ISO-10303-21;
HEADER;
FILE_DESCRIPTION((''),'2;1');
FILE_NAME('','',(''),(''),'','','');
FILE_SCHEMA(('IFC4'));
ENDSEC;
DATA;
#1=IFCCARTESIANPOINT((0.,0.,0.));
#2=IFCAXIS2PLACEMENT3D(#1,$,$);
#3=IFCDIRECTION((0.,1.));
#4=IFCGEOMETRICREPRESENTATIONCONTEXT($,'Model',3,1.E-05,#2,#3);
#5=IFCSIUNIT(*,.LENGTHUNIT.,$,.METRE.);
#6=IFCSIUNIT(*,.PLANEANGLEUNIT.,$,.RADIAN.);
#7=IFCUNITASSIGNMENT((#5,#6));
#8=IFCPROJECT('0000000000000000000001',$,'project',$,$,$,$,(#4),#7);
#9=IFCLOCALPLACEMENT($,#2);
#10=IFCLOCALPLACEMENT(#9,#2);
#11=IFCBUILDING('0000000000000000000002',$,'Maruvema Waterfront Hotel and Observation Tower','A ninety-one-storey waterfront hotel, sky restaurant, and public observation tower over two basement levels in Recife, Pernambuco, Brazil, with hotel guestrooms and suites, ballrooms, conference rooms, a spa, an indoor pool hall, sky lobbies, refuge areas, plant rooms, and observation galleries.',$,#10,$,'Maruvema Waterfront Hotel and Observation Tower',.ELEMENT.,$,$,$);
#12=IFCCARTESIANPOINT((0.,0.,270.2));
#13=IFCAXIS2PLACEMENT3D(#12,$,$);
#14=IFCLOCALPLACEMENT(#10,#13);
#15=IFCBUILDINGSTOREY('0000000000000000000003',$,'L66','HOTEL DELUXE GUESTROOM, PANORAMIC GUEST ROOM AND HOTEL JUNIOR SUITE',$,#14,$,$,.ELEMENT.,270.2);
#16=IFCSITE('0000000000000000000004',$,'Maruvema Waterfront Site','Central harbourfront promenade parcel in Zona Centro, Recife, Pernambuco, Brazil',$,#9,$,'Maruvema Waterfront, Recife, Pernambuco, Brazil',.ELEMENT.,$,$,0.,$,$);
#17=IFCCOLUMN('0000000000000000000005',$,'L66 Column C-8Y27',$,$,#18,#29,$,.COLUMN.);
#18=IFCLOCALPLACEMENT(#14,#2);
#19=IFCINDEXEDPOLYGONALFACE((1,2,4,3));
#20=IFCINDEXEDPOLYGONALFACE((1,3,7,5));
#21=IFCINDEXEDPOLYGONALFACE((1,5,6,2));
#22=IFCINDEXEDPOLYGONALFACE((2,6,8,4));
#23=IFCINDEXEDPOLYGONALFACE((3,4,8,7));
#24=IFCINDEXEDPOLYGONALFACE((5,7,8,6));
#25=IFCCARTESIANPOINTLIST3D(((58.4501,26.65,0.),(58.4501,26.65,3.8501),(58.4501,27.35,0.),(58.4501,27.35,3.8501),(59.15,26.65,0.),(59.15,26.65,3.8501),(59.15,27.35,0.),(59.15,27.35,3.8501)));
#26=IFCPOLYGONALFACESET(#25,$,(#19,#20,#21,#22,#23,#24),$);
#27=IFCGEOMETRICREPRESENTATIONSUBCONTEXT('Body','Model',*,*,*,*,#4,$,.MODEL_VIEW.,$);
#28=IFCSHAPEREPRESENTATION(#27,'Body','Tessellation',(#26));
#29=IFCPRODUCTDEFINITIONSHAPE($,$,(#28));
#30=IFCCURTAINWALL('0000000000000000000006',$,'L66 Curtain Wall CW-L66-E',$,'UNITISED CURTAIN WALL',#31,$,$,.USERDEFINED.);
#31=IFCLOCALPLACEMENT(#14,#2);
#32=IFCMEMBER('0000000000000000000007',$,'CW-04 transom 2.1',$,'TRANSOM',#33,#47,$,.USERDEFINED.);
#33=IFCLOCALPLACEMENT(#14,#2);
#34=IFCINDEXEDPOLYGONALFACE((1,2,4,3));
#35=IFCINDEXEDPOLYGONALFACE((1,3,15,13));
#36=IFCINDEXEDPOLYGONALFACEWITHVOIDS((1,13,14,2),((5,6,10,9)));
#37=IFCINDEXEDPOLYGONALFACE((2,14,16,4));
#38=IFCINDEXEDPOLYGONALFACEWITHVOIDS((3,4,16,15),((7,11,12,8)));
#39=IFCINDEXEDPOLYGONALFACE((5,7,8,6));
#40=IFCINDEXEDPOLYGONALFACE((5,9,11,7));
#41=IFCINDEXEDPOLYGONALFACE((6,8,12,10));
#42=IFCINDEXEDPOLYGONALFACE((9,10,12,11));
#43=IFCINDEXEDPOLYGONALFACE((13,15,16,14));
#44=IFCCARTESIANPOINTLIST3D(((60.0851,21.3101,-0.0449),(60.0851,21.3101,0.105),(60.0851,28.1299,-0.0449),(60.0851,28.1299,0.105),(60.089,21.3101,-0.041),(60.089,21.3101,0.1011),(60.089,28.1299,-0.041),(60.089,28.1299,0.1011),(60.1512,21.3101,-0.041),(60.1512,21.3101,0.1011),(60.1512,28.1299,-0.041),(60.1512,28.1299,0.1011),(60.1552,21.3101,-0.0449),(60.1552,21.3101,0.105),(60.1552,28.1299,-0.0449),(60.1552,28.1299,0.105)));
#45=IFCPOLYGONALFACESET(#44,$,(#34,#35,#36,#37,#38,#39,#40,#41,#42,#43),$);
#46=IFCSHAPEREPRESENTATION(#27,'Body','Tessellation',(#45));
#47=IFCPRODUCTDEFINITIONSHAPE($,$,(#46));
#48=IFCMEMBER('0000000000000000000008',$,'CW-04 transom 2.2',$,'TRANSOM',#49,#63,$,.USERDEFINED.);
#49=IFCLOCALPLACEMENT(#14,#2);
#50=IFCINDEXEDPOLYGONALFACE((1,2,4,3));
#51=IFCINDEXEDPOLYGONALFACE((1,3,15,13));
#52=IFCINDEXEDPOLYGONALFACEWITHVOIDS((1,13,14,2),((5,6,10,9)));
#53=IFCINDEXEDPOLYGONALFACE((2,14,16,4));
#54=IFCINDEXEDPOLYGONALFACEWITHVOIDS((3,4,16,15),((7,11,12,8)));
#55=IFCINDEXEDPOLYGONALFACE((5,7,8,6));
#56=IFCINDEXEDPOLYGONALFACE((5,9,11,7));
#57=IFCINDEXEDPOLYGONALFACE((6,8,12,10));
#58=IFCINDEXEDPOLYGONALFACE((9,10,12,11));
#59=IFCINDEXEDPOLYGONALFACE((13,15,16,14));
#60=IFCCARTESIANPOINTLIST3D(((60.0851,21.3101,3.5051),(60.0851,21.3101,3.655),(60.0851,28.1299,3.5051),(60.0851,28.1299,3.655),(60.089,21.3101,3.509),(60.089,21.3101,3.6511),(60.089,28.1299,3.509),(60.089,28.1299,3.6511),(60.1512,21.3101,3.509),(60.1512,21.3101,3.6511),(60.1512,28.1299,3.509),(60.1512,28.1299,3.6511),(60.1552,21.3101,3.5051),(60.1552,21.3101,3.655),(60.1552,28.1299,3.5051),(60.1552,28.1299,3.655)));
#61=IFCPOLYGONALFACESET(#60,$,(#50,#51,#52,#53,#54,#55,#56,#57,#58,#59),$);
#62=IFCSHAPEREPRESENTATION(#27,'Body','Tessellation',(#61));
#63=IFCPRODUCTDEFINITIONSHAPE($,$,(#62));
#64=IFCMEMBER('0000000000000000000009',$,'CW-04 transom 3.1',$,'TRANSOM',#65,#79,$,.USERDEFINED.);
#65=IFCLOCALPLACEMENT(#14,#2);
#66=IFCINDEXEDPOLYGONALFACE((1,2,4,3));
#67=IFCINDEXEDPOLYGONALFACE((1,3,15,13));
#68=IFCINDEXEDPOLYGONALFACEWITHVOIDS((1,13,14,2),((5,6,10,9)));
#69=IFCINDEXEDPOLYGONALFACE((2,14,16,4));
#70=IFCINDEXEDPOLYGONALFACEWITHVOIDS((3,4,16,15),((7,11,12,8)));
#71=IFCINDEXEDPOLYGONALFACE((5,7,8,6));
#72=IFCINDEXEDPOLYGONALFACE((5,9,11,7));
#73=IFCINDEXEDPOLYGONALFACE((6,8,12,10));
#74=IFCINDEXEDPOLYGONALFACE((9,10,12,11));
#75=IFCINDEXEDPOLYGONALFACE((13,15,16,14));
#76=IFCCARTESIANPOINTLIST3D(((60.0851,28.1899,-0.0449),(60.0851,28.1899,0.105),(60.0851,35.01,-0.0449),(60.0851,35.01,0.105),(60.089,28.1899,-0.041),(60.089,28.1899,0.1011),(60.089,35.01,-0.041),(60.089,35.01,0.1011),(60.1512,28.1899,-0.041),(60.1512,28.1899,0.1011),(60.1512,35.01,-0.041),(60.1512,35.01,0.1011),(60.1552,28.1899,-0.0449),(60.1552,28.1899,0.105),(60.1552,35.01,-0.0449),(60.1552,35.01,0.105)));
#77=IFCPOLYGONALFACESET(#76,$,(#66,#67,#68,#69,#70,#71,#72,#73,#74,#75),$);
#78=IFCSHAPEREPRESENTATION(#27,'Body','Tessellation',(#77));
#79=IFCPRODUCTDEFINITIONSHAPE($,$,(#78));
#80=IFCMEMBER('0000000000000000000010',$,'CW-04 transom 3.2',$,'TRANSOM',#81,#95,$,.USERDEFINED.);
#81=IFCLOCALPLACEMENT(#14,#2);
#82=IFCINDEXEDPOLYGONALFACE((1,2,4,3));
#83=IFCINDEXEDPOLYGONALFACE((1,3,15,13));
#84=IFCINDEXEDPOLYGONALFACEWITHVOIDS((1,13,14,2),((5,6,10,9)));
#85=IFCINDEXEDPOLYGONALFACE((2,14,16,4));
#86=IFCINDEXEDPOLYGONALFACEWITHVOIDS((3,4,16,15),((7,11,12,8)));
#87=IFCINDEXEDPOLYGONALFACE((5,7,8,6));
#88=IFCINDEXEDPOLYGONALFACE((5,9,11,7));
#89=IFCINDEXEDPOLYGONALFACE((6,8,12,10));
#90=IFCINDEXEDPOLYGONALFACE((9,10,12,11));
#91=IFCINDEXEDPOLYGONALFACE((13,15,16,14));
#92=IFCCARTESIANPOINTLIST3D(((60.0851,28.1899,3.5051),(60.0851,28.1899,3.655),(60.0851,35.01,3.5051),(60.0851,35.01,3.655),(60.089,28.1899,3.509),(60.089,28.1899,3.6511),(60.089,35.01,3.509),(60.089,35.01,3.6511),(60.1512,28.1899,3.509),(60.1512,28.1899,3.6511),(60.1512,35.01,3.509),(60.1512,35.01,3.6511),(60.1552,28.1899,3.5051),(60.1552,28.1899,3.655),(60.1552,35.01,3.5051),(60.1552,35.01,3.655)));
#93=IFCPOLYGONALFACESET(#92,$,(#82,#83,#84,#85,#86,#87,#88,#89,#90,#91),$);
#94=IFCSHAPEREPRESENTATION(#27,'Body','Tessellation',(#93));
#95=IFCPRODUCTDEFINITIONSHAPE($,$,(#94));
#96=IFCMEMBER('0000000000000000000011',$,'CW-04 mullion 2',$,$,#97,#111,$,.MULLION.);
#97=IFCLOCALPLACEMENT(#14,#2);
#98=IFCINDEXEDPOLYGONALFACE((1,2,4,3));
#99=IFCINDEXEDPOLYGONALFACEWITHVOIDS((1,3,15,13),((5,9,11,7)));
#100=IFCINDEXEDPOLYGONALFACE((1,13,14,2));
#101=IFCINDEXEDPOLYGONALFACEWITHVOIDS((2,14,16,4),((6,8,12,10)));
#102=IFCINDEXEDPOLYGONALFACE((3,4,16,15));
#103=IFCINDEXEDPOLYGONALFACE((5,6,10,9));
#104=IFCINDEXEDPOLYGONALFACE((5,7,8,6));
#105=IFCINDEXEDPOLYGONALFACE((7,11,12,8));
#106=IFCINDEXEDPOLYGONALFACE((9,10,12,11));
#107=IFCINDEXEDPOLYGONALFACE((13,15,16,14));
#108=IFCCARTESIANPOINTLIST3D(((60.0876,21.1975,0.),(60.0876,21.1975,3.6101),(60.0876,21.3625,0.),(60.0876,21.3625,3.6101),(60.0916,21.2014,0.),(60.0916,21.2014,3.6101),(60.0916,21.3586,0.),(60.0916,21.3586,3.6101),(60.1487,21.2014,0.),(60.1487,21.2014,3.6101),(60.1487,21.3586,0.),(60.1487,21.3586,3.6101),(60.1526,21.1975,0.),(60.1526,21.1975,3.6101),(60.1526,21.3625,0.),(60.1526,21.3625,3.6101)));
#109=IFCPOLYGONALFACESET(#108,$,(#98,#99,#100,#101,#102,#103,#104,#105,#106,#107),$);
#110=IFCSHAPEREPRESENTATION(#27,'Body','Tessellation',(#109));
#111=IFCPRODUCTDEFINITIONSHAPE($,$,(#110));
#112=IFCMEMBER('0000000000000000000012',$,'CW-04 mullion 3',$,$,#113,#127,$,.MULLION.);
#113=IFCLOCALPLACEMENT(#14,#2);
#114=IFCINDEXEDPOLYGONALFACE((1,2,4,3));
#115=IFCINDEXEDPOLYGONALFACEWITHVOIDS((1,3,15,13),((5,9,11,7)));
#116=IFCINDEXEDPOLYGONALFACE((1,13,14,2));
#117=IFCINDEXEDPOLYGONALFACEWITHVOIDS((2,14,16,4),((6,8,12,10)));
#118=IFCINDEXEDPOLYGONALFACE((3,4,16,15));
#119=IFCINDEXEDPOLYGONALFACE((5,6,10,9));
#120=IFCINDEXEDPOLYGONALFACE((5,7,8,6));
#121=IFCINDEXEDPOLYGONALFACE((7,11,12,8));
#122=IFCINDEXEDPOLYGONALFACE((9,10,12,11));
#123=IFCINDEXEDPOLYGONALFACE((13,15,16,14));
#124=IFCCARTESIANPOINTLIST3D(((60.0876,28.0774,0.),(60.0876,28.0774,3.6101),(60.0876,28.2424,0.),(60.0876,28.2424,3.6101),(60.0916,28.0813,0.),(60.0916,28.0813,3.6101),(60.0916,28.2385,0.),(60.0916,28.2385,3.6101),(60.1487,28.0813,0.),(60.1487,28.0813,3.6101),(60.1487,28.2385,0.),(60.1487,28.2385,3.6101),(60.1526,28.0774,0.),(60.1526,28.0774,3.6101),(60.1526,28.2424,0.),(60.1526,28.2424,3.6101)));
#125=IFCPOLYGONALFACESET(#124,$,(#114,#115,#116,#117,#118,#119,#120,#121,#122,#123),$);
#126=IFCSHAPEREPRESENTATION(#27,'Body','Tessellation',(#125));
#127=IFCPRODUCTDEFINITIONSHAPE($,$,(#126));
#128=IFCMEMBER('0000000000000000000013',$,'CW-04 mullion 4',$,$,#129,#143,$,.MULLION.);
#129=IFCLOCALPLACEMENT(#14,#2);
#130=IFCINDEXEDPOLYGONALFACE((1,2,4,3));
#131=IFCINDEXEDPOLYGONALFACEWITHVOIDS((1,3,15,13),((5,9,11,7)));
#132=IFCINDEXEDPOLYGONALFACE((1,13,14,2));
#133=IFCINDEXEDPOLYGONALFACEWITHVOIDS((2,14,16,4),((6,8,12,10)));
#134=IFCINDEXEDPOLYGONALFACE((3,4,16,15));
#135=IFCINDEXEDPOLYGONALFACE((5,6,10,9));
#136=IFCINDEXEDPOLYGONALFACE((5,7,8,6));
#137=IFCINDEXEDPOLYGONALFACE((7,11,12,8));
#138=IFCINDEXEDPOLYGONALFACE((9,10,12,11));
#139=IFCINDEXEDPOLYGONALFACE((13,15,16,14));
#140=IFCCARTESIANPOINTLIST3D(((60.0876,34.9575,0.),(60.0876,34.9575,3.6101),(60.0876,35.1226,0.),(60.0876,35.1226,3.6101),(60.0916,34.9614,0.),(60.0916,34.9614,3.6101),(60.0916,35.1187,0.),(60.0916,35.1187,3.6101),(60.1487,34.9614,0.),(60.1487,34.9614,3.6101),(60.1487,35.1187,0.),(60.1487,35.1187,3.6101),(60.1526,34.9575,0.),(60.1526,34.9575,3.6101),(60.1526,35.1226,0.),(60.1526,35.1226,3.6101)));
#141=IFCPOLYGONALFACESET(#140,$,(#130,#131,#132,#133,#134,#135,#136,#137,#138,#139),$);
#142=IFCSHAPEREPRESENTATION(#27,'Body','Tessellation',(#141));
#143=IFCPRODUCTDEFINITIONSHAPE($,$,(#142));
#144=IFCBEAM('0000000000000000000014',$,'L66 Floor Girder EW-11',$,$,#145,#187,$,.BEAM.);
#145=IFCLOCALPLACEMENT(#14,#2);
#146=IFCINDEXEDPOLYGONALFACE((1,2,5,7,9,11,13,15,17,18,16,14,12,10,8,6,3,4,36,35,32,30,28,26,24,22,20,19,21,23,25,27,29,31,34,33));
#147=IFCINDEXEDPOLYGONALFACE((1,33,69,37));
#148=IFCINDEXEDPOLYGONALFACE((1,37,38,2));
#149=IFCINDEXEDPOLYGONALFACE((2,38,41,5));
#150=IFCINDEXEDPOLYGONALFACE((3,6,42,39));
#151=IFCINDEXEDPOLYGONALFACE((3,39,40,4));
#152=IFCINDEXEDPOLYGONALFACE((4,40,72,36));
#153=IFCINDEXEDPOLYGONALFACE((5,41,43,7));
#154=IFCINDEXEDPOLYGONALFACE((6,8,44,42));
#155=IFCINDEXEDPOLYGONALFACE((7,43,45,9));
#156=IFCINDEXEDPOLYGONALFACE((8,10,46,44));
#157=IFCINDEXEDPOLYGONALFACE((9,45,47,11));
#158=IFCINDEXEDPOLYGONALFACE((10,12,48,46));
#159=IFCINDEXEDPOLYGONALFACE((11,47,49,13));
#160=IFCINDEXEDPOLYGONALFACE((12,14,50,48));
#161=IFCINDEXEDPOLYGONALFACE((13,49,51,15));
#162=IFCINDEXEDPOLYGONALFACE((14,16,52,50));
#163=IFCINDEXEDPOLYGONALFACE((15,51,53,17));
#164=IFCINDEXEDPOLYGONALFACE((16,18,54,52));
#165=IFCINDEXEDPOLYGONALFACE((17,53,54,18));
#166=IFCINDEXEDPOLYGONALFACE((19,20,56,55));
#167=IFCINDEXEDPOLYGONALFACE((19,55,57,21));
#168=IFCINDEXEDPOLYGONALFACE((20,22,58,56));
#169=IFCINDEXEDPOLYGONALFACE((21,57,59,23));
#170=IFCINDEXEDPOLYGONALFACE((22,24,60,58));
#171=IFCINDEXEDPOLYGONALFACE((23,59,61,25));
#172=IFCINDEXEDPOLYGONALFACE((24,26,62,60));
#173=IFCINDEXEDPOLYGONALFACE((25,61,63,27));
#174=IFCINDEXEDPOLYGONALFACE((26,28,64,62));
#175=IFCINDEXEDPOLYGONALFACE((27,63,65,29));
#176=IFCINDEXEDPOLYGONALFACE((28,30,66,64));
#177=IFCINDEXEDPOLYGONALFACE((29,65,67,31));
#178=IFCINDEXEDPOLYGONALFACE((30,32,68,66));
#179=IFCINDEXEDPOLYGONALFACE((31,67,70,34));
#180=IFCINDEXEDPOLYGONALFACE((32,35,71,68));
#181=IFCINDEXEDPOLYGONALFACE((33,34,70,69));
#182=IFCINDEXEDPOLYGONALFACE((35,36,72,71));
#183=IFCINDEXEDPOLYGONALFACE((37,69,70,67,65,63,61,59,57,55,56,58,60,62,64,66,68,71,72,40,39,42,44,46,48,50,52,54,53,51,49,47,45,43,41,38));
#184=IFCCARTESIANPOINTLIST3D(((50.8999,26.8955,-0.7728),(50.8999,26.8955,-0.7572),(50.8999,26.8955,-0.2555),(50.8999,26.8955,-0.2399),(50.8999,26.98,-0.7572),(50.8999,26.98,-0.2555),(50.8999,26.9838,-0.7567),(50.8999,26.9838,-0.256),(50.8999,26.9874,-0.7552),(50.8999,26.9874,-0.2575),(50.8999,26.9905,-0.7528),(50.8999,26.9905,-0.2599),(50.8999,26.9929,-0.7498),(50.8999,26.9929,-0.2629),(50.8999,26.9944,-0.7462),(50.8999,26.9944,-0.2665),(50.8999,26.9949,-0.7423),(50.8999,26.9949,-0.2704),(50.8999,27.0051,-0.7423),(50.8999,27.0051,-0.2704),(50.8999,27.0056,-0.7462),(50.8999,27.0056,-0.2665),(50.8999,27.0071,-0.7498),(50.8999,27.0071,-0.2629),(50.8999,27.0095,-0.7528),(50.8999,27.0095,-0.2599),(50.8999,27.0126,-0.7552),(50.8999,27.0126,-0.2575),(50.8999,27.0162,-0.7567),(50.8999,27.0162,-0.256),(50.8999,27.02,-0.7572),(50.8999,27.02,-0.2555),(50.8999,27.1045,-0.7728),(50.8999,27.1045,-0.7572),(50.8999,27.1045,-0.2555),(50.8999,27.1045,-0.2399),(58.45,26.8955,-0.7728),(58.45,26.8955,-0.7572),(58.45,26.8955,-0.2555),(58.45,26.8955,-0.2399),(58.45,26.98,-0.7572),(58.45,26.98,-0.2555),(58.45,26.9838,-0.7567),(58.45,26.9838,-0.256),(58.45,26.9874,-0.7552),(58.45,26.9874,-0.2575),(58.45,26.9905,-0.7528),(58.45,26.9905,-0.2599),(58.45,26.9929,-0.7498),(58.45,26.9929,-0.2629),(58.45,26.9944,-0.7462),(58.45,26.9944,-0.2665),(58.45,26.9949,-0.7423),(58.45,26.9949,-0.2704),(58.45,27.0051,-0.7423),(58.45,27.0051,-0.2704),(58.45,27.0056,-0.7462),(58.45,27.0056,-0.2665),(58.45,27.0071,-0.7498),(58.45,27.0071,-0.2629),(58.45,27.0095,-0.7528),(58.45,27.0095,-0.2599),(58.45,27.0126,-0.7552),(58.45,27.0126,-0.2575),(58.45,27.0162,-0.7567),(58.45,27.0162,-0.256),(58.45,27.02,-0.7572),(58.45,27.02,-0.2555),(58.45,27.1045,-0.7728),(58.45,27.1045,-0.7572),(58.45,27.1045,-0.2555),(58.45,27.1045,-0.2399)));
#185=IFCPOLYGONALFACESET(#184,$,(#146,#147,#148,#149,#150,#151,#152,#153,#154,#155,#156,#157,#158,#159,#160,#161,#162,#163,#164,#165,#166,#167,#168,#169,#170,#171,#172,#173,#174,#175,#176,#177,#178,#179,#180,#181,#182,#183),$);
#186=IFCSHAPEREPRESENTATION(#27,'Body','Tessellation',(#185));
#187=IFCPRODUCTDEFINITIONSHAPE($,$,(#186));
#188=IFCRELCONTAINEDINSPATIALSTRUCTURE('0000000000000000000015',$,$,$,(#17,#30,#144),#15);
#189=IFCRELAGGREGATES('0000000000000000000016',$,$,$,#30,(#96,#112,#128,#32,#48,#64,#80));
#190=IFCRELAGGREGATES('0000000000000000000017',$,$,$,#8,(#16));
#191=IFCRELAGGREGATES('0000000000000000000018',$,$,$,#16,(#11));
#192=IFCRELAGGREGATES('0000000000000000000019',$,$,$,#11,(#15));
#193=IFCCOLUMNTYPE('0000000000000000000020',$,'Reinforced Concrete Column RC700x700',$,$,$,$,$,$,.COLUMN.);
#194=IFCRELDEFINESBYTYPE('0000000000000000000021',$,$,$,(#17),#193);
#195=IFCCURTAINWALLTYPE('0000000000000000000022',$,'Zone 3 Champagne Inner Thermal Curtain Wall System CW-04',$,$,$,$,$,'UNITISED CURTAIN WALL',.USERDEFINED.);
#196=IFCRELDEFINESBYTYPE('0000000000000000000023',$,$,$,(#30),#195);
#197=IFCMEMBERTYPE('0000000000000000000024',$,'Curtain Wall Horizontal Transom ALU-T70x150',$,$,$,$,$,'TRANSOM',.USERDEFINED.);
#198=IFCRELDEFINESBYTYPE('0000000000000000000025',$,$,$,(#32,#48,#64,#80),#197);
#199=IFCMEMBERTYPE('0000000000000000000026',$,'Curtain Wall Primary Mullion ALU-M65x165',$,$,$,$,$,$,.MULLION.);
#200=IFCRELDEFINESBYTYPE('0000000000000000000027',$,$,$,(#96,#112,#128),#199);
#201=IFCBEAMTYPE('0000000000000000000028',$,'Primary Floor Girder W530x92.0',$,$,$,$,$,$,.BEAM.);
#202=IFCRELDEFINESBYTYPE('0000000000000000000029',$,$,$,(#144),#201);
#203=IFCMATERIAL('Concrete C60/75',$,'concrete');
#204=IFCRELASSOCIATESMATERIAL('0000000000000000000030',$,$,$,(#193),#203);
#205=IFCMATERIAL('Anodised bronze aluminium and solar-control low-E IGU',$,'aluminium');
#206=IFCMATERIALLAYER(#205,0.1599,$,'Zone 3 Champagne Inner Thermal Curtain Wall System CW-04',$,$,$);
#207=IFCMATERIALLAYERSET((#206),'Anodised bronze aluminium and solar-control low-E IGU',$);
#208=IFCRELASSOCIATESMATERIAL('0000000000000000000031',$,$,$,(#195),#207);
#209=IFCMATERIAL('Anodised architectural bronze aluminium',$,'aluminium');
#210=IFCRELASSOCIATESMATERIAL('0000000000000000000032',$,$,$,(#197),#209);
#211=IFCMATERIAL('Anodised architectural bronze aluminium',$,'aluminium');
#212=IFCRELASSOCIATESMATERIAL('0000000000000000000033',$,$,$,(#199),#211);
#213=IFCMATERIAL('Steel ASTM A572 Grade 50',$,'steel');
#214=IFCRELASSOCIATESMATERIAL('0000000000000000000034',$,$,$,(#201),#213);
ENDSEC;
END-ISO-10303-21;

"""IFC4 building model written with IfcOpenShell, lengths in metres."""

from ifc_helpers import new_model, si_unit, direction, frame, origin, origin_2d, place, context, subcontext, project, spatial, rectangle, hollow_rectangle, i_section, extrude, material, layer, layer_set, material_profile, profile_set, type_object, element, aggregate, save


model = new_model("IFC4")

# Units and contexts
model_context = context("Model", 3, precision=1e-05, world=origin(), true_north=direction((0.0, 1.0)))
body_context = subcontext(model_context, "Body", "Model", "MODEL_VIEW")
ifc_project = project(units=[si_unit("LENGTHUNIT", "METRE"), si_unit("PLANEANGLEUNIT", "RADIAN")], contexts=[model_context])

# Site, building, storey
site_placement = place(None, origin())
site = spatial("IfcSite", under=ifc_project, at=site_placement, Name="Maruvema Waterfront Site", Description="Central harbourfront promenade parcel in Zona Centro, Recife, Pernambuco, Brazil", LongName="Maruvema Waterfront, Recife, Pernambuco, Brazil", CompositionType="ELEMENT", RefElevation=0.0)
building_placement = place(site_placement, origin())
building = spatial("IfcBuilding", under=site, at=building_placement, Name="Maruvema Waterfront Hotel and Observation Tower", Description="A ninety-one-storey waterfront hotel, sky restaurant, and public observation tower over two basement levels in Recife, Pernambuco, Brazil, with hotel guestrooms and suites, ballrooms, conference rooms, a spa, an indoor pool hall, sky lobbies, refuge areas, plant rooms, and observation galleries.", LongName="Maruvema Waterfront Hotel and Observation Tower", CompositionType="ELEMENT")
storey_placement = place(building_placement, frame((0.0, 0.0, 270.2)))
storey = spatial("IfcBuildingStorey", under=building, at=storey_placement, Name="L66", Description="HOTEL DELUXE GUESTROOM, PANORAMIC GUEST ROOM AND HOTEL JUNIOR SUITE", CompositionType="ELEMENT", Elevation=270.2)

# Column
ifc_material_1 = material(Name="Concrete C60/75", Category="concrete")
ifc_material_profile_1 = material_profile(ifc_material_1, rectangle(XDim=0.7, YDim=0.7, at=origin_2d()), Name="RC700x700")
ifc_profile_set_1 = profile_set([ifc_material_profile_1], Name="Concrete C60/75")
column_type = type_object("IfcColumnType", Name="Reinforced Concrete Column RC700x700", PredefinedType="COLUMN", material=ifc_profile_set_1)
column_placement = place(storey_placement, frame((58.8, 27.0, 0.0), z_axis=(0.0, 0.0, 1.0), x_axis=(1.0, 0.0, 0.0)))
element("IfcColumn", 1, at=column_placement, inside=storey, type_object=column_type, Name="L66 Column C-8Y27", PredefinedType="COLUMN", context=body_context, shape_type="SweptSolid", body=[
    extrude(rectangle(XDim=0.7, YDim=0.7, at=origin_2d()), origin(), (0.0, 0.0, 1.0), 3.8501),
])

# Curtain wall, members
ifc_material_2 = material(Name="Anodised bronze aluminium and solar-control low-E IGU", Category="aluminium")
ifc_layer_1 = layer(ifc_material_2, 0.1599, Name="Zone 3 Champagne Inner Thermal Curtain Wall System CW-04")
ifc_layer_set_1 = layer_set([ifc_layer_1], Name="Anodised bronze aluminium and solar-control low-E IGU")
curtain_wall_type = type_object("IfcCurtainWallType", Name="Zone 3 Champagne Inner Thermal Curtain Wall System CW-04", ElementType="UNITISED CURTAIN WALL", PredefinedType="USERDEFINED", material=ifc_layer_set_1)
curtain_wall_placement = place(storey_placement, origin())
curtain_wall = element("IfcCurtainWall", 2, at=curtain_wall_placement, inside=storey, type_object=curtain_wall_type, Name="L66 Curtain Wall CW-L66-E", ObjectType="UNITISED CURTAIN WALL", PredefinedType="USERDEFINED")
ifc_material_3 = material(Name="Anodised architectural bronze aluminium", Category="aluminium")
ifc_material_profile_2 = material_profile(ifc_material_3, hollow_rectangle(XDim=0.0701, YDim=0.1499, WallThickness=0.0039, at=origin_2d()), Name="ALU-T70x150")
ifc_profile_set_2 = profile_set([ifc_material_profile_2], Name="Anodised architectural bronze aluminium")
member_type_1 = type_object("IfcMemberType", Name="Curtain Wall Horizontal Transom ALU-T70x150", ElementType="TRANSOM", PredefinedType="USERDEFINED", material=ifc_profile_set_2)
member_1_placement = place(storey_placement, frame((60.1201, 21.3101, 0.03), z_axis=(0.0, 1.0, 0.0), x_axis=(-1.0, 0.0, 0.0)))
member_1 = element("IfcMember", 3, at=member_1_placement, type_object=member_type_1, Name="CW-04 transom 2.1", ObjectType="TRANSOM", PredefinedType="USERDEFINED", context=body_context, shape_type="SweptSolid", body=[
    extrude(hollow_rectangle(XDim=0.0701, YDim=0.1499, WallThickness=0.0039, at=origin_2d()), origin(), (0.0, 0.0, 1.0), 6.8198),
])
member_2_placement = place(storey_placement, frame((60.1201, 21.3101, 3.5801), z_axis=(0.0, 1.0, 0.0), x_axis=(-1.0, 0.0, 0.0)))
member_2 = element("IfcMember", 4, at=member_2_placement, type_object=member_type_1, Name="CW-04 transom 2.2", ObjectType="TRANSOM", PredefinedType="USERDEFINED", context=body_context, shape_type="SweptSolid", body=[
    extrude(hollow_rectangle(XDim=0.0701, YDim=0.1499, WallThickness=0.0039, at=origin_2d()), origin(), (0.0, 0.0, 1.0), 6.8198),
])
member_3_placement = place(storey_placement, frame((60.1201, 28.1899, 0.03), z_axis=(0.0, 1.0, 0.0), x_axis=(-1.0, 0.0, 0.0)))
member_3 = element("IfcMember", 5, at=member_3_placement, type_object=member_type_1, Name="CW-04 transom 3.1", ObjectType="TRANSOM", PredefinedType="USERDEFINED", context=body_context, shape_type="SweptSolid", body=[
    extrude(hollow_rectangle(XDim=0.0701, YDim=0.1499, WallThickness=0.0039, at=origin_2d()), origin(), (0.0, 0.0, 1.0), 6.8201),
])
member_4_placement = place(storey_placement, frame((60.1201, 28.1899, 3.5801), z_axis=(0.0, 1.0, 0.0), x_axis=(-1.0, 0.0, 0.0)))
member_4 = element("IfcMember", 6, at=member_4_placement, type_object=member_type_1, Name="CW-04 transom 3.2", ObjectType="TRANSOM", PredefinedType="USERDEFINED", context=body_context, shape_type="SweptSolid", body=[
    extrude(hollow_rectangle(XDim=0.0701, YDim=0.1499, WallThickness=0.0039, at=origin_2d()), origin(), (0.0, 0.0, 1.0), 6.8201),
])
ifc_material_4 = material(Name="Anodised architectural bronze aluminium", Category="aluminium")
ifc_material_profile_3 = material_profile(ifc_material_4, hollow_rectangle(XDim=0.0649, YDim=0.165, WallThickness=0.0039, at=origin_2d()), Name="ALU-M65x165")
ifc_profile_set_3 = profile_set([ifc_material_profile_3], Name="Anodised architectural bronze aluminium")
member_type_2 = type_object("IfcMemberType", Name="Curtain Wall Primary Mullion ALU-M65x165", PredefinedType="MULLION", material=ifc_profile_set_3)
member_5_placement = place(storey_placement, frame((60.1201, 21.28, 0.0), z_axis=(0.0, 0.0, 1.0), x_axis=(-1.0, 0.0, 0.0)))
member_5 = element("IfcMember", 7, at=member_5_placement, type_object=member_type_2, Name="CW-04 mullion 2", PredefinedType="MULLION", context=body_context, shape_type="SweptSolid", body=[
    extrude(hollow_rectangle(XDim=0.0649, YDim=0.165, WallThickness=0.0039, at=origin_2d()), origin(), (0.0, 0.0, 1.0), 3.6101),
])
member_6_placement = place(storey_placement, frame((60.1201, 28.1599, 0.0), z_axis=(0.0, 0.0, 1.0), x_axis=(-1.0, 0.0, 0.0)))
member_6 = element("IfcMember", 8, at=member_6_placement, type_object=member_type_2, Name="CW-04 mullion 3", PredefinedType="MULLION", context=body_context, shape_type="SweptSolid", body=[
    extrude(hollow_rectangle(XDim=0.0649, YDim=0.165, WallThickness=0.0039, at=origin_2d()), origin(), (0.0, 0.0, 1.0), 3.6101),
])
member_7_placement = place(storey_placement, frame((60.1201, 35.04, 0.0), z_axis=(0.0, 0.0, 1.0), x_axis=(-1.0, 0.0, 0.0)))
member_7 = element("IfcMember", 9, at=member_7_placement, type_object=member_type_2, Name="CW-04 mullion 4", PredefinedType="MULLION", context=body_context, shape_type="SweptSolid", body=[
    extrude(hollow_rectangle(XDim=0.0649, YDim=0.165, WallThickness=0.0039, at=origin_2d()), origin(), (0.0, 0.0, 1.0), 3.6101),
])

# Beam
ifc_material_5 = material(Name="Steel ASTM A572 Grade 50", Category="steel")
ifc_material_profile_4 = material_profile(ifc_material_5, i_section(OverallWidth=0.209, OverallDepth=0.533, WebThickness=0.0103, FlangeThickness=0.0156, FilletRadius=0.0149, at=origin_2d()), Name="W530x92.0")
ifc_profile_set_4 = profile_set([ifc_material_profile_4], Name="Steel ASTM A572 Grade 50")
beam_type_1 = type_object("IfcBeamType", Name="Primary Floor Girder W530x92.0", PredefinedType="BEAM", material=ifc_profile_set_4)
beam_1_placement = place(storey_placement, frame((50.8999, 27.0, -0.5063), z_axis=(1.0, 0.0, 0.0), x_axis=(0.0, 1.0, 0.0)))
element("IfcBeam", 10, at=beam_1_placement, inside=storey, type_object=beam_type_1, Name="L66 Floor Girder EW-11", PredefinedType="BEAM", context=body_context, shape_type="SweptSolid", body=[
    extrude(i_section(OverallWidth=0.209, OverallDepth=0.533, WebThickness=0.0103, FlangeThickness=0.0156, FilletRadius=0.0149, at=origin_2d()), origin(), (0.0, 0.0, 1.0), 7.55),
])

aggregate(curtain_wall, [member_5, member_6, member_7, member_1, member_2, member_3, member_4])

save(model, "model.ifc")
